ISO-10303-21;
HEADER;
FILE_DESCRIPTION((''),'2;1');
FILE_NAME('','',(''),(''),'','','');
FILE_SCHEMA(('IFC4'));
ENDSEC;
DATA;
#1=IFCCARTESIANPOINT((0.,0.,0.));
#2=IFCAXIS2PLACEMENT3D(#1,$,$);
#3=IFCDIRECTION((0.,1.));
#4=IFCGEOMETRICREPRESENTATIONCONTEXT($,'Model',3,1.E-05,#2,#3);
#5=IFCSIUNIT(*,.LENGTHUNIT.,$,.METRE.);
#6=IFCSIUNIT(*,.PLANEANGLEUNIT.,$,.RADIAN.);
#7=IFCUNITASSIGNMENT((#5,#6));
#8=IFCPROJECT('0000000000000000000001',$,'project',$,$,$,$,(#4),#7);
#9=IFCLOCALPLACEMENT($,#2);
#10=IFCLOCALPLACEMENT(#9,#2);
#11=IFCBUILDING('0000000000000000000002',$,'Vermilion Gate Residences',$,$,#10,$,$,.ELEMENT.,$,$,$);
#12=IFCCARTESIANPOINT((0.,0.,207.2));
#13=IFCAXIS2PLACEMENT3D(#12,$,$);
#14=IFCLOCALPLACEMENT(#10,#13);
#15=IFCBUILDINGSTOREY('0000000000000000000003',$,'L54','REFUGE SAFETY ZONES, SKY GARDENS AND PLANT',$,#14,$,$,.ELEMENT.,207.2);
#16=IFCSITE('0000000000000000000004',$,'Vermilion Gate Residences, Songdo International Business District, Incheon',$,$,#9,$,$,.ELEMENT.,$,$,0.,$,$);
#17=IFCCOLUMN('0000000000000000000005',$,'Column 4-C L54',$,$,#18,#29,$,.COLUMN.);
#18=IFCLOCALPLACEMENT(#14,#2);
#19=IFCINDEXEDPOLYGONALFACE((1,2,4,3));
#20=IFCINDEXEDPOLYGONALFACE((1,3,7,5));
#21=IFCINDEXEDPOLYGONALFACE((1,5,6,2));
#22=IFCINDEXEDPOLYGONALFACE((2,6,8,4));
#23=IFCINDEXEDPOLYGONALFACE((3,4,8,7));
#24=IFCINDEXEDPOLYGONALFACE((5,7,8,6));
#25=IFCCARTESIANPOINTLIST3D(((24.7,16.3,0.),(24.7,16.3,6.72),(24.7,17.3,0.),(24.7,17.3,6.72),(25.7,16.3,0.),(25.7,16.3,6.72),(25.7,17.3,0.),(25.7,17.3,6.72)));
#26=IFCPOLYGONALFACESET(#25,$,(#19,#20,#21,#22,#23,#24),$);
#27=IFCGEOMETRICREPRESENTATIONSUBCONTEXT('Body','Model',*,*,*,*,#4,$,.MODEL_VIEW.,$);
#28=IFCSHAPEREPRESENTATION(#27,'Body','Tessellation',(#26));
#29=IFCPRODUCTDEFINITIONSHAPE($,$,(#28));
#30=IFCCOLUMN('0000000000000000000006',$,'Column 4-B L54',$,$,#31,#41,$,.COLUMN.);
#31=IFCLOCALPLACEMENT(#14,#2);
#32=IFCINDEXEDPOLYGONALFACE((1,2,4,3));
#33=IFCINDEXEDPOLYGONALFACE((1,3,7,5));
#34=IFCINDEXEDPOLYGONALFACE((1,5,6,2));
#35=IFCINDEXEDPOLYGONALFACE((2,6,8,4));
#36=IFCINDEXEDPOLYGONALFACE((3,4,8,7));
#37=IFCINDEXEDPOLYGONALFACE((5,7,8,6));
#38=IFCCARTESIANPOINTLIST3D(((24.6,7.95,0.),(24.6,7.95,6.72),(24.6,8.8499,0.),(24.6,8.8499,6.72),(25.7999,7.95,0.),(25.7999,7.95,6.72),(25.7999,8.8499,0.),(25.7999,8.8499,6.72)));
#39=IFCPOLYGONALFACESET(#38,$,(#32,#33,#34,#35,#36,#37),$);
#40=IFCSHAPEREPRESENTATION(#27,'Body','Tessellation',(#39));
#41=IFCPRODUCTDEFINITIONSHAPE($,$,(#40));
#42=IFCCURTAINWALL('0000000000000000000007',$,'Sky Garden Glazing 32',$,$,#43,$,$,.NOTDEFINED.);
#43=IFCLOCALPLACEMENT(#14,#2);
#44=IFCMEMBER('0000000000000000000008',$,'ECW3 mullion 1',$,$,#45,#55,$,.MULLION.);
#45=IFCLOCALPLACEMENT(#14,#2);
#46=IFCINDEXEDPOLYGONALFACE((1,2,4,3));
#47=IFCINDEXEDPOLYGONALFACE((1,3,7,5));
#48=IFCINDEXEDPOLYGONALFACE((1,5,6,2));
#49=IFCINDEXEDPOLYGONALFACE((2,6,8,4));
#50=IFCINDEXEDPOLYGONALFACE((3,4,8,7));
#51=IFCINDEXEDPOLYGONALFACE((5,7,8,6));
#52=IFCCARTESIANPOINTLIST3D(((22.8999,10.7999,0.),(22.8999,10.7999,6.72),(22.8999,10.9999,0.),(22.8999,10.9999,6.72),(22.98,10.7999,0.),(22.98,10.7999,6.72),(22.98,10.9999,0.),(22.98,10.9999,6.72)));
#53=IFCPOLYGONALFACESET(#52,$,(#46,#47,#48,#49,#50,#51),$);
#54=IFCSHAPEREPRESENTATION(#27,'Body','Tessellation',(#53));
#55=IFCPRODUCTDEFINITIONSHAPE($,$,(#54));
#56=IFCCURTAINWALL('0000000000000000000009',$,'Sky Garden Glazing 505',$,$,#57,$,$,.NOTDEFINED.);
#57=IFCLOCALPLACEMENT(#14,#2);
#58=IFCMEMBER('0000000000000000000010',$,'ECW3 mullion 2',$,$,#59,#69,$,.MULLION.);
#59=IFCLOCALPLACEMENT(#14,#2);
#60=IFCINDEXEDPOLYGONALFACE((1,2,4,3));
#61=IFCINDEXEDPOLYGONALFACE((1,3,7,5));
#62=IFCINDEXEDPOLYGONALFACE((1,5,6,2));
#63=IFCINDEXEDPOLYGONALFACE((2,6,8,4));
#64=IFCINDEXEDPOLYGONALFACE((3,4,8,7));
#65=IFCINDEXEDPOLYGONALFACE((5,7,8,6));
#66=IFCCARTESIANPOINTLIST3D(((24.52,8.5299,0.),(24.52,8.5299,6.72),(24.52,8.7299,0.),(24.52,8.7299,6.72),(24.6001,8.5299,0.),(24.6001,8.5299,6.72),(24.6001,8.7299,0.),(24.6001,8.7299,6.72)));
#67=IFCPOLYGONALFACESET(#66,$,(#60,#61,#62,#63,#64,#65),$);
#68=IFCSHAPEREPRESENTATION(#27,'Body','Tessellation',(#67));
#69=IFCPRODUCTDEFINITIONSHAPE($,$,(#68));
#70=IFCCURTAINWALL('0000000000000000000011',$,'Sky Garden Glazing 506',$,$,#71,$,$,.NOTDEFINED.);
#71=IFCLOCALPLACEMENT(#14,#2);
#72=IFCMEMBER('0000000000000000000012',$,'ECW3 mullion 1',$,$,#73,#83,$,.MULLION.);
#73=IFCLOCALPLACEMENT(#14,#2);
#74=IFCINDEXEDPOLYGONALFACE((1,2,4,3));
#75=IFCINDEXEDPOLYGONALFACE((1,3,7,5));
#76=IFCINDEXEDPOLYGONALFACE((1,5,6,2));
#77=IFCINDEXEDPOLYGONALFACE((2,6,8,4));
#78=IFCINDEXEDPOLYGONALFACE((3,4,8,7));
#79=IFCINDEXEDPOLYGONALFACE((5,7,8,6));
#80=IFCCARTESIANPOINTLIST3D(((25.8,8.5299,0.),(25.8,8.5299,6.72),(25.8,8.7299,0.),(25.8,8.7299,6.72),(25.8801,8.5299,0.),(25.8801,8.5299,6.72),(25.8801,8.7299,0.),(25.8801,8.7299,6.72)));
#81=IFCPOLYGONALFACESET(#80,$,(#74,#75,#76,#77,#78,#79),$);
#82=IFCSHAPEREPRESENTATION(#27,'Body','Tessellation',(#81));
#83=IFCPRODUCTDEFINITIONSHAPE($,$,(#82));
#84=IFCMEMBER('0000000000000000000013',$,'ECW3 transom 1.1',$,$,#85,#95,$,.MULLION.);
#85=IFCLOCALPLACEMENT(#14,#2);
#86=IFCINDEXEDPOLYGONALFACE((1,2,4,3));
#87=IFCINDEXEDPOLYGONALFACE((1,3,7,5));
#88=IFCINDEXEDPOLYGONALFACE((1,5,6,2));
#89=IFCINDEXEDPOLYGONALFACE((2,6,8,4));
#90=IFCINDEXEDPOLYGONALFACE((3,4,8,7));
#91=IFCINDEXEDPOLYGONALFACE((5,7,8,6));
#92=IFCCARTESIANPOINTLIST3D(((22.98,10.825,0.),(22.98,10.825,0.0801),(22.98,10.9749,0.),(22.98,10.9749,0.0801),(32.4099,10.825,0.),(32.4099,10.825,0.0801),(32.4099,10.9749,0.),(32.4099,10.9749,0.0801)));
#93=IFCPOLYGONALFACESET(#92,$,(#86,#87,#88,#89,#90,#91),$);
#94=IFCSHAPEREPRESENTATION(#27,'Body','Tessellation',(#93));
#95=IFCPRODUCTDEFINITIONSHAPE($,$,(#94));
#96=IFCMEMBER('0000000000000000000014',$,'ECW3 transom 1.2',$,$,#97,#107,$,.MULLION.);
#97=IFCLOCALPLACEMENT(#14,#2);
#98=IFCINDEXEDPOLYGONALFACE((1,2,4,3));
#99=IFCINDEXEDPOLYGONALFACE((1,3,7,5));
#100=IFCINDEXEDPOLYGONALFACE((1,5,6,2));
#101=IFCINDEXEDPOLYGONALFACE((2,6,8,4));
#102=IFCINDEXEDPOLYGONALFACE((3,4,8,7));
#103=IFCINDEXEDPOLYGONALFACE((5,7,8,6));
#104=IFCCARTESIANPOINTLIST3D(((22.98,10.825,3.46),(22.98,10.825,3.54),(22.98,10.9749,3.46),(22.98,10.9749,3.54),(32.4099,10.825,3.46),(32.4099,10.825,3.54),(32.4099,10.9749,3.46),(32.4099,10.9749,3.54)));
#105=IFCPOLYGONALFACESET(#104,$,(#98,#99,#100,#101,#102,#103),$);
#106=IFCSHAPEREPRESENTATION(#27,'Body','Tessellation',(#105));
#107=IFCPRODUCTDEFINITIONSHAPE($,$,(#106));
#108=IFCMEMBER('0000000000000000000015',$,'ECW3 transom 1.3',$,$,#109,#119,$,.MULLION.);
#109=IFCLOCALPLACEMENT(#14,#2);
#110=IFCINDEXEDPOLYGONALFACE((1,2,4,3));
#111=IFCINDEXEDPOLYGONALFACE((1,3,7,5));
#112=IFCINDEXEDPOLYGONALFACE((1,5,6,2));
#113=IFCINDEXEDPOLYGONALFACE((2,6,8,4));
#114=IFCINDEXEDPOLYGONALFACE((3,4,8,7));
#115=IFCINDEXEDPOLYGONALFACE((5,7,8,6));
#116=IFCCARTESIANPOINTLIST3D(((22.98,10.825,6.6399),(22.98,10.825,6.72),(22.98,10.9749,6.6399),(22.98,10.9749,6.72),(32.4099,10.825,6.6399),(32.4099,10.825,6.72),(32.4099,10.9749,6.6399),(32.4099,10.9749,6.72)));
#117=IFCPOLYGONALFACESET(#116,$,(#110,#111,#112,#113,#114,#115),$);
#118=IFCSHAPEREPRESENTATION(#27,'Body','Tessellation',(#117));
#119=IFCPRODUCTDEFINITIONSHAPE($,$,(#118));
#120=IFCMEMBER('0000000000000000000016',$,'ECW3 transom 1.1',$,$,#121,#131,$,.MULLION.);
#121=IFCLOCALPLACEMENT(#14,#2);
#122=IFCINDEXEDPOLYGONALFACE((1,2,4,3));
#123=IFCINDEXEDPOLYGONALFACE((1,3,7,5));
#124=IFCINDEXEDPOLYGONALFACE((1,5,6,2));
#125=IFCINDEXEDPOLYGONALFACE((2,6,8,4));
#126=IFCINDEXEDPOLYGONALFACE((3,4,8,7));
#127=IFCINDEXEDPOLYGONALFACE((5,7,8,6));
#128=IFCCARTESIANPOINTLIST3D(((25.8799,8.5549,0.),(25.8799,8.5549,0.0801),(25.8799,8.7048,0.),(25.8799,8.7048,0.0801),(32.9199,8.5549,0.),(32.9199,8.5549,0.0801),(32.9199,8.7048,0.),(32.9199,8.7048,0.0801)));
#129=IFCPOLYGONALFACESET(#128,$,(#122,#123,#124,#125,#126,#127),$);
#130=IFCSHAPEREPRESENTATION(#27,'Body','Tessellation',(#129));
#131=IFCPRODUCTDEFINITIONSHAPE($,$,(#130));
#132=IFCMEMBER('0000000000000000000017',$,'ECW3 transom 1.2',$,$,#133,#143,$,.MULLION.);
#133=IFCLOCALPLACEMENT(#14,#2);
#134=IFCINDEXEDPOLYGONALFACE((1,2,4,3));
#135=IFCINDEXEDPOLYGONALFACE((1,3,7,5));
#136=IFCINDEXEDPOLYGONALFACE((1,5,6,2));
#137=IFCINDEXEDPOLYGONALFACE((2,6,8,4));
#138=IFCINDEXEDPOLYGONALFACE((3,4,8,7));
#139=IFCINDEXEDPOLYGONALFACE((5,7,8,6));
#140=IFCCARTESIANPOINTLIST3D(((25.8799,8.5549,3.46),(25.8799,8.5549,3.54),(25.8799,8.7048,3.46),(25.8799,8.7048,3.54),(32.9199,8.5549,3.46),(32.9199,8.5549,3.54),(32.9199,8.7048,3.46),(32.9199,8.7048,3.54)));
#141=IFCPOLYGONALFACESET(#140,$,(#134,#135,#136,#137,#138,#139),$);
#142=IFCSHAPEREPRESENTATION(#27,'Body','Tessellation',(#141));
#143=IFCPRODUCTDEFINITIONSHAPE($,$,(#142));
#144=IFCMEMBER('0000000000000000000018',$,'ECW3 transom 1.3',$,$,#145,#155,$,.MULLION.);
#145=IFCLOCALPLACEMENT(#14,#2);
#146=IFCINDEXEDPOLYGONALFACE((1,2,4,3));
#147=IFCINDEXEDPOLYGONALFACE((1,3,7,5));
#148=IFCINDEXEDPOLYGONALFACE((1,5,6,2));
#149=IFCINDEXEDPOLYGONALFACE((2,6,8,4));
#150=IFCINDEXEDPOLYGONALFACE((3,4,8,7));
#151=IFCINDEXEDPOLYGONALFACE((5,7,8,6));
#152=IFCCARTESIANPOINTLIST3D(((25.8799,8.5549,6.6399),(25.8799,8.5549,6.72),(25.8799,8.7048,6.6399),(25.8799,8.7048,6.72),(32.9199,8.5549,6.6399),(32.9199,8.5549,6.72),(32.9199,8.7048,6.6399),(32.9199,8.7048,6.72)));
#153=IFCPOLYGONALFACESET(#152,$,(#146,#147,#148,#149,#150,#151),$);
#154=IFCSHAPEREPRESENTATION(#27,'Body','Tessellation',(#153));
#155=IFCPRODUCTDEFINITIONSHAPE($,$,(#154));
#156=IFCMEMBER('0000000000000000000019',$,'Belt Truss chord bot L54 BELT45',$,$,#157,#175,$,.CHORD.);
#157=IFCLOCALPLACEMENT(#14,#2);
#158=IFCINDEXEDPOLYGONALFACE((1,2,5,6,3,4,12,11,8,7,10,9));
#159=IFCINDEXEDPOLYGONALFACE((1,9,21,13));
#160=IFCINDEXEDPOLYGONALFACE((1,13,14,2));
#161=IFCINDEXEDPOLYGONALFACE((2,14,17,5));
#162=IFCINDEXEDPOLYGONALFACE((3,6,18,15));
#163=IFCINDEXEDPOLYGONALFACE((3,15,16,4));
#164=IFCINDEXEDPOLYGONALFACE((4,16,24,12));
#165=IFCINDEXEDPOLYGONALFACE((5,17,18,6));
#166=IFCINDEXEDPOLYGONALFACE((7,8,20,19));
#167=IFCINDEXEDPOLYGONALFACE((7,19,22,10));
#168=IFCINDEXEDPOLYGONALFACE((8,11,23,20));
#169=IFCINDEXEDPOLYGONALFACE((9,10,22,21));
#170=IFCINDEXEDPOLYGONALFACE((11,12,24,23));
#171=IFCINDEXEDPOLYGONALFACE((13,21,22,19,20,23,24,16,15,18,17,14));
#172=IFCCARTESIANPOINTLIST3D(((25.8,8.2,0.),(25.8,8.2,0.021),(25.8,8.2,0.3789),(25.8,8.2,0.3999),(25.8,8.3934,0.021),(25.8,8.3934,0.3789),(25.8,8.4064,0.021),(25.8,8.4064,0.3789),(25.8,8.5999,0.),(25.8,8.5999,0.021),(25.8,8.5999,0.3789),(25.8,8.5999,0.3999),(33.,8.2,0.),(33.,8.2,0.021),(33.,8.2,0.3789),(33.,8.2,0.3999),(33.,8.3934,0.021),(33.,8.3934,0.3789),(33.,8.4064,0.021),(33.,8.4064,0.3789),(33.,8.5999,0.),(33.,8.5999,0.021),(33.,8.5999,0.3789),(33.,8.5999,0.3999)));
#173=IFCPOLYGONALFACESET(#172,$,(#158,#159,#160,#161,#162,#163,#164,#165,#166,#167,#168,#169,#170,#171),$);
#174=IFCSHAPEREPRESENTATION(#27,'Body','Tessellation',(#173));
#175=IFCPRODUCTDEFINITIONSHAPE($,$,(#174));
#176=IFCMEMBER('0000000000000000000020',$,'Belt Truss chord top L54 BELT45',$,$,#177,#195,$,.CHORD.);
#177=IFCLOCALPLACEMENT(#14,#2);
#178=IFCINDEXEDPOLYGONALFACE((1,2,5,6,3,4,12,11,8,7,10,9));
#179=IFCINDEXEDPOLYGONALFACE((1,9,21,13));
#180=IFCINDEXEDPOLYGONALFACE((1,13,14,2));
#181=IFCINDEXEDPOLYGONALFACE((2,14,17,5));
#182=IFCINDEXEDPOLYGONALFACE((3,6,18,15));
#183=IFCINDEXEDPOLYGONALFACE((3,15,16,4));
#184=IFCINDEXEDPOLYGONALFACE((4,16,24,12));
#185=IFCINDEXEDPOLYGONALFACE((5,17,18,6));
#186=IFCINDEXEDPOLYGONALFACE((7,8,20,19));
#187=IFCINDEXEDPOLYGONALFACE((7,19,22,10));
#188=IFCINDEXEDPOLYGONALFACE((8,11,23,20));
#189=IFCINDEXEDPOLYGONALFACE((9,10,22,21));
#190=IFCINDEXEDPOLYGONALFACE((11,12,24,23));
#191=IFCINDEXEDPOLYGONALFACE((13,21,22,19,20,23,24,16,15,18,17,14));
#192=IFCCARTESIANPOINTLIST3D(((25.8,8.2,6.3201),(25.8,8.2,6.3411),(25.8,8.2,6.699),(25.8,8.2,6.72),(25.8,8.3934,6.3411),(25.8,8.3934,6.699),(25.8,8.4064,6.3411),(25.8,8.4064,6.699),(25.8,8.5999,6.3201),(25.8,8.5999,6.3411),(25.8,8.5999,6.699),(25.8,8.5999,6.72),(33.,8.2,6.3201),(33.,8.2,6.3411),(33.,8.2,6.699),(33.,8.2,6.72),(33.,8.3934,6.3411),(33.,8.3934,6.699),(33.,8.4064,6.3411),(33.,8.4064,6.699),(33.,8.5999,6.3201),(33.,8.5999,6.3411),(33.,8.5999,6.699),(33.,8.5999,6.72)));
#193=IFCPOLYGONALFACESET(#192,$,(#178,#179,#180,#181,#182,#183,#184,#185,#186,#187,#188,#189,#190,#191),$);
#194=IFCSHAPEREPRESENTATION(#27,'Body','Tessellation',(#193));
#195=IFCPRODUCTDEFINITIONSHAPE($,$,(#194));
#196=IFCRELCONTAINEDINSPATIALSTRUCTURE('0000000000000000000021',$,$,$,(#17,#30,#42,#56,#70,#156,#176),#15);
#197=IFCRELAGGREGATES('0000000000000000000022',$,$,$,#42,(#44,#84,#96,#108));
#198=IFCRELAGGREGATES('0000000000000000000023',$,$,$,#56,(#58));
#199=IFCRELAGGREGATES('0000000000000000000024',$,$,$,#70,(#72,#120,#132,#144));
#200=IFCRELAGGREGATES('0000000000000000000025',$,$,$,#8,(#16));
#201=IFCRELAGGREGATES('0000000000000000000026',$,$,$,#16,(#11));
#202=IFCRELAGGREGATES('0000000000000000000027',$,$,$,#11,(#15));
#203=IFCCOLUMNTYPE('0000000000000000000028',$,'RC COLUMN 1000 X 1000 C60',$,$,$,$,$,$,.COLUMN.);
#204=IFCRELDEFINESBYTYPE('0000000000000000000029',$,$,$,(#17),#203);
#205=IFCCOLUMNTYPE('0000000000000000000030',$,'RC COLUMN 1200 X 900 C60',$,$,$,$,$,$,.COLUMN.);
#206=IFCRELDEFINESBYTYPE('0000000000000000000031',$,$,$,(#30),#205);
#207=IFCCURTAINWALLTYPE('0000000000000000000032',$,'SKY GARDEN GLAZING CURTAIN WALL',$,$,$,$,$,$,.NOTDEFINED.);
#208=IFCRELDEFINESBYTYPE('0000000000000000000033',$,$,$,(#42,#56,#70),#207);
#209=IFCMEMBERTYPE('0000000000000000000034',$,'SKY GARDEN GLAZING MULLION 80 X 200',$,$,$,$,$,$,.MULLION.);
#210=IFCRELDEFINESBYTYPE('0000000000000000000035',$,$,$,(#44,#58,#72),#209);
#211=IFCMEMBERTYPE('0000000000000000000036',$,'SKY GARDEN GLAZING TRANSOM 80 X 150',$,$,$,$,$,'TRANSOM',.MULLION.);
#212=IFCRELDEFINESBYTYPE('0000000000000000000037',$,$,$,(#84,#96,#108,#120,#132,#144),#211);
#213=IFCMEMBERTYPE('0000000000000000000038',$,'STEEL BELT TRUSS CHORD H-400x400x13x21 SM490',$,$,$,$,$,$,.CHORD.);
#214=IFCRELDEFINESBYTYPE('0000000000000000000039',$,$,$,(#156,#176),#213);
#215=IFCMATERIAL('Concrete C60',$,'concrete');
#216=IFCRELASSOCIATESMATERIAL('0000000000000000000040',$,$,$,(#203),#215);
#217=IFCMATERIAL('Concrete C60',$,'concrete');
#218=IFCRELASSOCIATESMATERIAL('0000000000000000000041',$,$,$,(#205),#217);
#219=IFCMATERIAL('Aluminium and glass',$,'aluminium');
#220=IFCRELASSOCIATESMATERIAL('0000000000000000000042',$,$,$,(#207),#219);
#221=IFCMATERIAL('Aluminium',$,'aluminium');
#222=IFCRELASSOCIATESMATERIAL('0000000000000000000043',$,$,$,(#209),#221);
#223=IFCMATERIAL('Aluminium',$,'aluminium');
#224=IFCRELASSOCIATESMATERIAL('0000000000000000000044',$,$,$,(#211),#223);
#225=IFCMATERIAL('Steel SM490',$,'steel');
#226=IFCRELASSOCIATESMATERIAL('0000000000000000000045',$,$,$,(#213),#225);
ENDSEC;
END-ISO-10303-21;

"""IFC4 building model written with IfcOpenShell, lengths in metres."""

from ifc_helpers import new_model, si_unit, direction, frame, origin, origin_2d, place, context, subcontext, project, spatial, rectangle, i_section, extrude, material, material_profile, profile_set, type_object, element, aggregate, save


model = new_model("IFC4")

# Units and contexts
model_context = context("Model", 3, precision=1e-05, world=origin(), true_north=direction((0.0, 1.0)))
body_context = subcontext(model_context, "Body", "Model", "MODEL_VIEW")
ifc_project = project(units=[si_unit("LENGTHUNIT", "METRE"), si_unit("PLANEANGLEUNIT", "RADIAN")], contexts=[model_context])

# Site, building, storey
site_placement = place(None, origin())
site = spatial("IfcSite", under=ifc_project, at=site_placement, Name="Vermilion Gate Residences, Songdo International Business District, Incheon", CompositionType="ELEMENT", RefElevation=0.0)
building_placement = place(site_placement, origin())
building = spatial("IfcBuilding", under=site, at=building_placement, Name="Vermilion Gate Residences", CompositionType="ELEMENT")
storey_placement = place(building_placement, frame((0.0, 0.0, 207.2)))
storey = spatial("IfcBuildingStorey", under=building, at=storey_placement, Name="L54", Description="REFUGE SAFETY ZONES, SKY GARDENS AND PLANT", CompositionType="ELEMENT", Elevation=207.2)

# Columns
ifc_material_1 = material(Name="Concrete C60", Category="concrete")
ifc_material_profile_1 = material_profile(ifc_material_1, rectangle(XDim=1.0, YDim=1.0, at=origin_2d()), Name="RC-1000x1000")
ifc_profile_set_1 = profile_set([ifc_material_profile_1], Name="Concrete C60")
column_type_1 = type_object("IfcColumnType", Name="RC COLUMN 1000 X 1000 C60", PredefinedType="COLUMN", material=ifc_profile_set_1)
column_1_placement = place(storey_placement, frame((25.2, 16.8, 0.0), z_axis=(0.0, 0.0, 1.0), x_axis=(1.0, 0.0, 0.0)))
element("IfcColumn", 1, at=column_1_placement, inside=storey, type_object=column_type_1, Name="Column 4-C L54", PredefinedType="COLUMN", context=body_context, shape_type="SweptSolid", body=[
    extrude(rectangle(XDim=1.0, YDim=1.0, at=origin_2d()), origin(), (0.0, 0.0, 1.0), 6.72),
])
ifc_material_2 = material(Name="Concrete C60", Category="concrete")
ifc_material_profile_2 = material_profile(ifc_material_2, rectangle(XDim=1.2, YDim=0.8999, at=origin_2d()), Name="RC-1200x900")
ifc_profile_set_2 = profile_set([ifc_material_profile_2], Name="Concrete C60")
column_type_2 = type_object("IfcColumnType", Name="RC COLUMN 1200 X 900 C60", PredefinedType="COLUMN", material=ifc_profile_set_2)
column_2_placement = place(storey_placement, frame((25.2, 8.3999, 0.0), z_axis=(0.0, 0.0, 1.0), x_axis=(1.0, 0.0, 0.0)))
element("IfcColumn", 2, at=column_2_placement, inside=storey, type_object=column_type_2, Name="Column 4-B L54", PredefinedType="COLUMN", context=body_context, shape_type="SweptSolid", body=[
    extrude(rectangle(XDim=1.2, YDim=0.8999, at=origin_2d()), origin(), (0.0, 0.0, 1.0), 6.72),
])

# Curtain walls, members
ifc_material_3 = material(Name="Aluminium and glass", Category="aluminium")
curtain_wall_type = type_object("IfcCurtainWallType", Name="SKY GARDEN GLAZING CURTAIN WALL", PredefinedType="NOTDEFINED", material=ifc_material_3)
curtain_wall_1_placement = place(storey_placement, origin())
curtain_wall_1 = element("IfcCurtainWall", 3, at=curtain_wall_1_placement, inside=storey, type_object=curtain_wall_type, Name="Sky Garden Glazing 32", PredefinedType="NOTDEFINED")
ifc_material_4 = material(Name="Aluminium", Category="aluminium")
ifc_material_profile_3 = material_profile(ifc_material_4, rectangle(XDim=0.2, YDim=0.0801, at=origin_2d()), Name="MULLION 80 X 200")
ifc_profile_set_3 = profile_set([ifc_material_profile_3], Name="Aluminium")
member_type_1 = type_object("IfcMemberType", Name="SKY GARDEN GLAZING MULLION 80 X 200", PredefinedType="MULLION", material=ifc_profile_set_3)
member_1_placement = place(storey_placement, frame((22.9399, 10.8999, 0.0), z_axis=(0.0, 0.0, 1.0), x_axis=(0.0, 1.0, 0.0)))
member_1 = element("IfcMember", 4, at=member_1_placement, type_object=member_type_1, Name="ECW3 mullion 1", PredefinedType="MULLION", context=body_context, shape_type="SweptSolid", body=[
    extrude(rectangle(XDim=0.2, YDim=0.0801, at=origin_2d()), origin(), (0.0, 0.0, 1.0), 6.72),
])
curtain_wall_2_placement = place(storey_placement, origin())
curtain_wall_2 = element("IfcCurtainWall", 5, at=curtain_wall_2_placement, inside=storey, type_object=curtain_wall_type, Name="Sky Garden Glazing 505", PredefinedType="NOTDEFINED")
member_2_placement = place(storey_placement, frame((24.5601, 8.6299, 0.0), z_axis=(0.0, 0.0, 1.0), x_axis=(0.0, 1.0, 0.0)))
member_2 = element("IfcMember", 6, at=member_2_placement, type_object=member_type_1, Name="ECW3 mullion 2", PredefinedType="MULLION", context=body_context, shape_type="SweptSolid", body=[
    extrude(rectangle(XDim=0.2, YDim=0.0801, at=origin_2d()), origin(), (0.0, 0.0, 1.0), 6.72),
])
curtain_wall_3_placement = place(storey_placement, origin())
curtain_wall_3 = element("IfcCurtainWall", 7, at=curtain_wall_3_placement, inside=storey, type_object=curtain_wall_type, Name="Sky Garden Glazing 506", PredefinedType="NOTDEFINED")
member_3_placement = place(storey_placement, frame((25.8401, 8.6299, 0.0), z_axis=(0.0, 0.0, 1.0), x_axis=(0.0, 1.0, 0.0)))
member_3 = element("IfcMember", 8, at=member_3_placement, type_object=member_type_1, Name="ECW3 mullion 1", PredefinedType="MULLION", context=body_context, shape_type="SweptSolid", body=[
    extrude(rectangle(XDim=0.2, YDim=0.0801, at=origin_2d()), origin(), (0.0, 0.0, 1.0), 6.72),
])

# Members
ifc_material_5 = material(Name="Aluminium", Category="aluminium")
ifc_material_profile_4 = material_profile(ifc_material_5, rectangle(XDim=0.1499, YDim=0.0801, at=origin_2d()), Name="TRANSOM 80 X 150")
ifc_profile_set_4 = profile_set([ifc_material_profile_4], Name="Aluminium")
member_type_2 = type_object("IfcMemberType", Name="SKY GARDEN GLAZING TRANSOM 80 X 150", ElementType="TRANSOM", PredefinedType="MULLION", material=ifc_profile_set_4)
member_4_placement = place(storey_placement, frame((22.98, 10.8999, 0.04), z_axis=(1.0, 0.0, 0.0), x_axis=(0.0, 1.0, 0.0)))
member_4 = element("IfcMember", 9, at=member_4_placement, type_object=member_type_2, Name="ECW3 transom 1.1", PredefinedType="MULLION", context=body_context, shape_type="SweptSolid", body=[
    extrude(rectangle(XDim=0.1499, YDim=0.0801, at=origin_2d()), origin(), (0.0, 0.0, 1.0), 9.4299),
])
member_5_placement = place(storey_placement, frame((22.98, 10.8999, 3.5), z_axis=(1.0, 0.0, 0.0), x_axis=(0.0, 1.0, 0.0)))
member_5 = element("IfcMember", 10, at=member_5_placement, type_object=member_type_2, Name="ECW3 transom 1.2", PredefinedType="MULLION", context=body_context, shape_type="SweptSolid", body=[
    extrude(rectangle(XDim=0.1499, YDim=0.0801, at=origin_2d()), origin(), (0.0, 0.0, 1.0), 9.4299),
])
member_6_placement = place(storey_placement, frame((22.98, 10.8999, 6.6799), z_axis=(1.0, 0.0, 0.0), x_axis=(0.0, 1.0, 0.0)))
member_6 = element("IfcMember", 11, at=member_6_placement, type_object=member_type_2, Name="ECW3 transom 1.3", PredefinedType="MULLION", context=body_context, shape_type="SweptSolid", body=[
    extrude(rectangle(XDim=0.1499, YDim=0.0801, at=origin_2d()), origin(), (0.0, 0.0, 1.0), 9.4299),
])
member_7_placement = place(storey_placement, frame((25.8799, 8.6299, 0.04), z_axis=(1.0, 0.0, 0.0), x_axis=(0.0, 1.0, 0.0)))
member_7 = element("IfcMember", 12, at=member_7_placement, type_object=member_type_2, Name="ECW3 transom 1.1", PredefinedType="MULLION", context=body_context, shape_type="SweptSolid", body=[
    extrude(rectangle(XDim=0.1499, YDim=0.0801, at=origin_2d()), origin(), (0.0, 0.0, 1.0), 7.04),
])
member_8_placement = place(storey_placement, frame((25.8799, 8.6299, 3.5), z_axis=(1.0, 0.0, 0.0), x_axis=(0.0, 1.0, 0.0)))
member_8 = element("IfcMember", 13, at=member_8_placement, type_object=member_type_2, Name="ECW3 transom 1.2", PredefinedType="MULLION", context=body_context, shape_type="SweptSolid", body=[
    extrude(rectangle(XDim=0.1499, YDim=0.0801, at=origin_2d()), origin(), (0.0, 0.0, 1.0), 7.04),
])
member_9_placement = place(storey_placement, frame((25.8799, 8.6299, 6.6799), z_axis=(1.0, 0.0, 0.0), x_axis=(0.0, 1.0, 0.0)))
member_9 = element("IfcMember", 14, at=member_9_placement, type_object=member_type_2, Name="ECW3 transom 1.3", PredefinedType="MULLION", context=body_context, shape_type="SweptSolid", body=[
    extrude(rectangle(XDim=0.1499, YDim=0.0801, at=origin_2d()), origin(), (0.0, 0.0, 1.0), 7.04),
])

# Members
ifc_material_6 = material(Name="Steel SM490", Category="steel")
ifc_material_profile_5 = material_profile(ifc_material_6, i_section(OverallWidth=0.3999, OverallDepth=0.3999, WebThickness=0.0129, FlangeThickness=0.021, at=origin_2d()), Name="H-400x400x13x21")
ifc_profile_set_5 = profile_set([ifc_material_profile_5], Name="Steel SM490")
member_type_3 = type_object("IfcMemberType", Name="STEEL BELT TRUSS CHORD H-400x400x13x21 SM490", PredefinedType="CHORD", material=ifc_profile_set_5)
for number, where, z_axis, x_axis, name in (
    (15, (25.8, 8.3999, 0.2), (1.0, 0.0, 0.0), (0.0, 1.0, 0.0), "Belt Truss chord bot L54 BELT45"),
    (16, (25.8, 8.3999, 6.52), (1.0, 0.0, 0.0), (0.0, 1.0, 0.0), "Belt Truss chord top L54 BELT45"),
):
    element("IfcMember", number, at=place(storey_placement, frame(where, z_axis=z_axis, x_axis=x_axis)), inside=storey, type_object=member_type_3, Name=name, PredefinedType="CHORD", context=body_context, shape_type="SweptSolid", body=[
        extrude(i_section(OverallWidth=0.3999, OverallDepth=0.3999, WebThickness=0.0129, FlangeThickness=0.021, at=origin_2d()), origin(), (0.0, 0.0, 1.0), 7.2),
    ])

aggregate(curtain_wall_1, [member_1, member_4, member_5, member_6])
aggregate(curtain_wall_2, [member_2])
aggregate(curtain_wall_3, [member_3, member_7, member_8, member_9])

save(model, "model.ifc")
